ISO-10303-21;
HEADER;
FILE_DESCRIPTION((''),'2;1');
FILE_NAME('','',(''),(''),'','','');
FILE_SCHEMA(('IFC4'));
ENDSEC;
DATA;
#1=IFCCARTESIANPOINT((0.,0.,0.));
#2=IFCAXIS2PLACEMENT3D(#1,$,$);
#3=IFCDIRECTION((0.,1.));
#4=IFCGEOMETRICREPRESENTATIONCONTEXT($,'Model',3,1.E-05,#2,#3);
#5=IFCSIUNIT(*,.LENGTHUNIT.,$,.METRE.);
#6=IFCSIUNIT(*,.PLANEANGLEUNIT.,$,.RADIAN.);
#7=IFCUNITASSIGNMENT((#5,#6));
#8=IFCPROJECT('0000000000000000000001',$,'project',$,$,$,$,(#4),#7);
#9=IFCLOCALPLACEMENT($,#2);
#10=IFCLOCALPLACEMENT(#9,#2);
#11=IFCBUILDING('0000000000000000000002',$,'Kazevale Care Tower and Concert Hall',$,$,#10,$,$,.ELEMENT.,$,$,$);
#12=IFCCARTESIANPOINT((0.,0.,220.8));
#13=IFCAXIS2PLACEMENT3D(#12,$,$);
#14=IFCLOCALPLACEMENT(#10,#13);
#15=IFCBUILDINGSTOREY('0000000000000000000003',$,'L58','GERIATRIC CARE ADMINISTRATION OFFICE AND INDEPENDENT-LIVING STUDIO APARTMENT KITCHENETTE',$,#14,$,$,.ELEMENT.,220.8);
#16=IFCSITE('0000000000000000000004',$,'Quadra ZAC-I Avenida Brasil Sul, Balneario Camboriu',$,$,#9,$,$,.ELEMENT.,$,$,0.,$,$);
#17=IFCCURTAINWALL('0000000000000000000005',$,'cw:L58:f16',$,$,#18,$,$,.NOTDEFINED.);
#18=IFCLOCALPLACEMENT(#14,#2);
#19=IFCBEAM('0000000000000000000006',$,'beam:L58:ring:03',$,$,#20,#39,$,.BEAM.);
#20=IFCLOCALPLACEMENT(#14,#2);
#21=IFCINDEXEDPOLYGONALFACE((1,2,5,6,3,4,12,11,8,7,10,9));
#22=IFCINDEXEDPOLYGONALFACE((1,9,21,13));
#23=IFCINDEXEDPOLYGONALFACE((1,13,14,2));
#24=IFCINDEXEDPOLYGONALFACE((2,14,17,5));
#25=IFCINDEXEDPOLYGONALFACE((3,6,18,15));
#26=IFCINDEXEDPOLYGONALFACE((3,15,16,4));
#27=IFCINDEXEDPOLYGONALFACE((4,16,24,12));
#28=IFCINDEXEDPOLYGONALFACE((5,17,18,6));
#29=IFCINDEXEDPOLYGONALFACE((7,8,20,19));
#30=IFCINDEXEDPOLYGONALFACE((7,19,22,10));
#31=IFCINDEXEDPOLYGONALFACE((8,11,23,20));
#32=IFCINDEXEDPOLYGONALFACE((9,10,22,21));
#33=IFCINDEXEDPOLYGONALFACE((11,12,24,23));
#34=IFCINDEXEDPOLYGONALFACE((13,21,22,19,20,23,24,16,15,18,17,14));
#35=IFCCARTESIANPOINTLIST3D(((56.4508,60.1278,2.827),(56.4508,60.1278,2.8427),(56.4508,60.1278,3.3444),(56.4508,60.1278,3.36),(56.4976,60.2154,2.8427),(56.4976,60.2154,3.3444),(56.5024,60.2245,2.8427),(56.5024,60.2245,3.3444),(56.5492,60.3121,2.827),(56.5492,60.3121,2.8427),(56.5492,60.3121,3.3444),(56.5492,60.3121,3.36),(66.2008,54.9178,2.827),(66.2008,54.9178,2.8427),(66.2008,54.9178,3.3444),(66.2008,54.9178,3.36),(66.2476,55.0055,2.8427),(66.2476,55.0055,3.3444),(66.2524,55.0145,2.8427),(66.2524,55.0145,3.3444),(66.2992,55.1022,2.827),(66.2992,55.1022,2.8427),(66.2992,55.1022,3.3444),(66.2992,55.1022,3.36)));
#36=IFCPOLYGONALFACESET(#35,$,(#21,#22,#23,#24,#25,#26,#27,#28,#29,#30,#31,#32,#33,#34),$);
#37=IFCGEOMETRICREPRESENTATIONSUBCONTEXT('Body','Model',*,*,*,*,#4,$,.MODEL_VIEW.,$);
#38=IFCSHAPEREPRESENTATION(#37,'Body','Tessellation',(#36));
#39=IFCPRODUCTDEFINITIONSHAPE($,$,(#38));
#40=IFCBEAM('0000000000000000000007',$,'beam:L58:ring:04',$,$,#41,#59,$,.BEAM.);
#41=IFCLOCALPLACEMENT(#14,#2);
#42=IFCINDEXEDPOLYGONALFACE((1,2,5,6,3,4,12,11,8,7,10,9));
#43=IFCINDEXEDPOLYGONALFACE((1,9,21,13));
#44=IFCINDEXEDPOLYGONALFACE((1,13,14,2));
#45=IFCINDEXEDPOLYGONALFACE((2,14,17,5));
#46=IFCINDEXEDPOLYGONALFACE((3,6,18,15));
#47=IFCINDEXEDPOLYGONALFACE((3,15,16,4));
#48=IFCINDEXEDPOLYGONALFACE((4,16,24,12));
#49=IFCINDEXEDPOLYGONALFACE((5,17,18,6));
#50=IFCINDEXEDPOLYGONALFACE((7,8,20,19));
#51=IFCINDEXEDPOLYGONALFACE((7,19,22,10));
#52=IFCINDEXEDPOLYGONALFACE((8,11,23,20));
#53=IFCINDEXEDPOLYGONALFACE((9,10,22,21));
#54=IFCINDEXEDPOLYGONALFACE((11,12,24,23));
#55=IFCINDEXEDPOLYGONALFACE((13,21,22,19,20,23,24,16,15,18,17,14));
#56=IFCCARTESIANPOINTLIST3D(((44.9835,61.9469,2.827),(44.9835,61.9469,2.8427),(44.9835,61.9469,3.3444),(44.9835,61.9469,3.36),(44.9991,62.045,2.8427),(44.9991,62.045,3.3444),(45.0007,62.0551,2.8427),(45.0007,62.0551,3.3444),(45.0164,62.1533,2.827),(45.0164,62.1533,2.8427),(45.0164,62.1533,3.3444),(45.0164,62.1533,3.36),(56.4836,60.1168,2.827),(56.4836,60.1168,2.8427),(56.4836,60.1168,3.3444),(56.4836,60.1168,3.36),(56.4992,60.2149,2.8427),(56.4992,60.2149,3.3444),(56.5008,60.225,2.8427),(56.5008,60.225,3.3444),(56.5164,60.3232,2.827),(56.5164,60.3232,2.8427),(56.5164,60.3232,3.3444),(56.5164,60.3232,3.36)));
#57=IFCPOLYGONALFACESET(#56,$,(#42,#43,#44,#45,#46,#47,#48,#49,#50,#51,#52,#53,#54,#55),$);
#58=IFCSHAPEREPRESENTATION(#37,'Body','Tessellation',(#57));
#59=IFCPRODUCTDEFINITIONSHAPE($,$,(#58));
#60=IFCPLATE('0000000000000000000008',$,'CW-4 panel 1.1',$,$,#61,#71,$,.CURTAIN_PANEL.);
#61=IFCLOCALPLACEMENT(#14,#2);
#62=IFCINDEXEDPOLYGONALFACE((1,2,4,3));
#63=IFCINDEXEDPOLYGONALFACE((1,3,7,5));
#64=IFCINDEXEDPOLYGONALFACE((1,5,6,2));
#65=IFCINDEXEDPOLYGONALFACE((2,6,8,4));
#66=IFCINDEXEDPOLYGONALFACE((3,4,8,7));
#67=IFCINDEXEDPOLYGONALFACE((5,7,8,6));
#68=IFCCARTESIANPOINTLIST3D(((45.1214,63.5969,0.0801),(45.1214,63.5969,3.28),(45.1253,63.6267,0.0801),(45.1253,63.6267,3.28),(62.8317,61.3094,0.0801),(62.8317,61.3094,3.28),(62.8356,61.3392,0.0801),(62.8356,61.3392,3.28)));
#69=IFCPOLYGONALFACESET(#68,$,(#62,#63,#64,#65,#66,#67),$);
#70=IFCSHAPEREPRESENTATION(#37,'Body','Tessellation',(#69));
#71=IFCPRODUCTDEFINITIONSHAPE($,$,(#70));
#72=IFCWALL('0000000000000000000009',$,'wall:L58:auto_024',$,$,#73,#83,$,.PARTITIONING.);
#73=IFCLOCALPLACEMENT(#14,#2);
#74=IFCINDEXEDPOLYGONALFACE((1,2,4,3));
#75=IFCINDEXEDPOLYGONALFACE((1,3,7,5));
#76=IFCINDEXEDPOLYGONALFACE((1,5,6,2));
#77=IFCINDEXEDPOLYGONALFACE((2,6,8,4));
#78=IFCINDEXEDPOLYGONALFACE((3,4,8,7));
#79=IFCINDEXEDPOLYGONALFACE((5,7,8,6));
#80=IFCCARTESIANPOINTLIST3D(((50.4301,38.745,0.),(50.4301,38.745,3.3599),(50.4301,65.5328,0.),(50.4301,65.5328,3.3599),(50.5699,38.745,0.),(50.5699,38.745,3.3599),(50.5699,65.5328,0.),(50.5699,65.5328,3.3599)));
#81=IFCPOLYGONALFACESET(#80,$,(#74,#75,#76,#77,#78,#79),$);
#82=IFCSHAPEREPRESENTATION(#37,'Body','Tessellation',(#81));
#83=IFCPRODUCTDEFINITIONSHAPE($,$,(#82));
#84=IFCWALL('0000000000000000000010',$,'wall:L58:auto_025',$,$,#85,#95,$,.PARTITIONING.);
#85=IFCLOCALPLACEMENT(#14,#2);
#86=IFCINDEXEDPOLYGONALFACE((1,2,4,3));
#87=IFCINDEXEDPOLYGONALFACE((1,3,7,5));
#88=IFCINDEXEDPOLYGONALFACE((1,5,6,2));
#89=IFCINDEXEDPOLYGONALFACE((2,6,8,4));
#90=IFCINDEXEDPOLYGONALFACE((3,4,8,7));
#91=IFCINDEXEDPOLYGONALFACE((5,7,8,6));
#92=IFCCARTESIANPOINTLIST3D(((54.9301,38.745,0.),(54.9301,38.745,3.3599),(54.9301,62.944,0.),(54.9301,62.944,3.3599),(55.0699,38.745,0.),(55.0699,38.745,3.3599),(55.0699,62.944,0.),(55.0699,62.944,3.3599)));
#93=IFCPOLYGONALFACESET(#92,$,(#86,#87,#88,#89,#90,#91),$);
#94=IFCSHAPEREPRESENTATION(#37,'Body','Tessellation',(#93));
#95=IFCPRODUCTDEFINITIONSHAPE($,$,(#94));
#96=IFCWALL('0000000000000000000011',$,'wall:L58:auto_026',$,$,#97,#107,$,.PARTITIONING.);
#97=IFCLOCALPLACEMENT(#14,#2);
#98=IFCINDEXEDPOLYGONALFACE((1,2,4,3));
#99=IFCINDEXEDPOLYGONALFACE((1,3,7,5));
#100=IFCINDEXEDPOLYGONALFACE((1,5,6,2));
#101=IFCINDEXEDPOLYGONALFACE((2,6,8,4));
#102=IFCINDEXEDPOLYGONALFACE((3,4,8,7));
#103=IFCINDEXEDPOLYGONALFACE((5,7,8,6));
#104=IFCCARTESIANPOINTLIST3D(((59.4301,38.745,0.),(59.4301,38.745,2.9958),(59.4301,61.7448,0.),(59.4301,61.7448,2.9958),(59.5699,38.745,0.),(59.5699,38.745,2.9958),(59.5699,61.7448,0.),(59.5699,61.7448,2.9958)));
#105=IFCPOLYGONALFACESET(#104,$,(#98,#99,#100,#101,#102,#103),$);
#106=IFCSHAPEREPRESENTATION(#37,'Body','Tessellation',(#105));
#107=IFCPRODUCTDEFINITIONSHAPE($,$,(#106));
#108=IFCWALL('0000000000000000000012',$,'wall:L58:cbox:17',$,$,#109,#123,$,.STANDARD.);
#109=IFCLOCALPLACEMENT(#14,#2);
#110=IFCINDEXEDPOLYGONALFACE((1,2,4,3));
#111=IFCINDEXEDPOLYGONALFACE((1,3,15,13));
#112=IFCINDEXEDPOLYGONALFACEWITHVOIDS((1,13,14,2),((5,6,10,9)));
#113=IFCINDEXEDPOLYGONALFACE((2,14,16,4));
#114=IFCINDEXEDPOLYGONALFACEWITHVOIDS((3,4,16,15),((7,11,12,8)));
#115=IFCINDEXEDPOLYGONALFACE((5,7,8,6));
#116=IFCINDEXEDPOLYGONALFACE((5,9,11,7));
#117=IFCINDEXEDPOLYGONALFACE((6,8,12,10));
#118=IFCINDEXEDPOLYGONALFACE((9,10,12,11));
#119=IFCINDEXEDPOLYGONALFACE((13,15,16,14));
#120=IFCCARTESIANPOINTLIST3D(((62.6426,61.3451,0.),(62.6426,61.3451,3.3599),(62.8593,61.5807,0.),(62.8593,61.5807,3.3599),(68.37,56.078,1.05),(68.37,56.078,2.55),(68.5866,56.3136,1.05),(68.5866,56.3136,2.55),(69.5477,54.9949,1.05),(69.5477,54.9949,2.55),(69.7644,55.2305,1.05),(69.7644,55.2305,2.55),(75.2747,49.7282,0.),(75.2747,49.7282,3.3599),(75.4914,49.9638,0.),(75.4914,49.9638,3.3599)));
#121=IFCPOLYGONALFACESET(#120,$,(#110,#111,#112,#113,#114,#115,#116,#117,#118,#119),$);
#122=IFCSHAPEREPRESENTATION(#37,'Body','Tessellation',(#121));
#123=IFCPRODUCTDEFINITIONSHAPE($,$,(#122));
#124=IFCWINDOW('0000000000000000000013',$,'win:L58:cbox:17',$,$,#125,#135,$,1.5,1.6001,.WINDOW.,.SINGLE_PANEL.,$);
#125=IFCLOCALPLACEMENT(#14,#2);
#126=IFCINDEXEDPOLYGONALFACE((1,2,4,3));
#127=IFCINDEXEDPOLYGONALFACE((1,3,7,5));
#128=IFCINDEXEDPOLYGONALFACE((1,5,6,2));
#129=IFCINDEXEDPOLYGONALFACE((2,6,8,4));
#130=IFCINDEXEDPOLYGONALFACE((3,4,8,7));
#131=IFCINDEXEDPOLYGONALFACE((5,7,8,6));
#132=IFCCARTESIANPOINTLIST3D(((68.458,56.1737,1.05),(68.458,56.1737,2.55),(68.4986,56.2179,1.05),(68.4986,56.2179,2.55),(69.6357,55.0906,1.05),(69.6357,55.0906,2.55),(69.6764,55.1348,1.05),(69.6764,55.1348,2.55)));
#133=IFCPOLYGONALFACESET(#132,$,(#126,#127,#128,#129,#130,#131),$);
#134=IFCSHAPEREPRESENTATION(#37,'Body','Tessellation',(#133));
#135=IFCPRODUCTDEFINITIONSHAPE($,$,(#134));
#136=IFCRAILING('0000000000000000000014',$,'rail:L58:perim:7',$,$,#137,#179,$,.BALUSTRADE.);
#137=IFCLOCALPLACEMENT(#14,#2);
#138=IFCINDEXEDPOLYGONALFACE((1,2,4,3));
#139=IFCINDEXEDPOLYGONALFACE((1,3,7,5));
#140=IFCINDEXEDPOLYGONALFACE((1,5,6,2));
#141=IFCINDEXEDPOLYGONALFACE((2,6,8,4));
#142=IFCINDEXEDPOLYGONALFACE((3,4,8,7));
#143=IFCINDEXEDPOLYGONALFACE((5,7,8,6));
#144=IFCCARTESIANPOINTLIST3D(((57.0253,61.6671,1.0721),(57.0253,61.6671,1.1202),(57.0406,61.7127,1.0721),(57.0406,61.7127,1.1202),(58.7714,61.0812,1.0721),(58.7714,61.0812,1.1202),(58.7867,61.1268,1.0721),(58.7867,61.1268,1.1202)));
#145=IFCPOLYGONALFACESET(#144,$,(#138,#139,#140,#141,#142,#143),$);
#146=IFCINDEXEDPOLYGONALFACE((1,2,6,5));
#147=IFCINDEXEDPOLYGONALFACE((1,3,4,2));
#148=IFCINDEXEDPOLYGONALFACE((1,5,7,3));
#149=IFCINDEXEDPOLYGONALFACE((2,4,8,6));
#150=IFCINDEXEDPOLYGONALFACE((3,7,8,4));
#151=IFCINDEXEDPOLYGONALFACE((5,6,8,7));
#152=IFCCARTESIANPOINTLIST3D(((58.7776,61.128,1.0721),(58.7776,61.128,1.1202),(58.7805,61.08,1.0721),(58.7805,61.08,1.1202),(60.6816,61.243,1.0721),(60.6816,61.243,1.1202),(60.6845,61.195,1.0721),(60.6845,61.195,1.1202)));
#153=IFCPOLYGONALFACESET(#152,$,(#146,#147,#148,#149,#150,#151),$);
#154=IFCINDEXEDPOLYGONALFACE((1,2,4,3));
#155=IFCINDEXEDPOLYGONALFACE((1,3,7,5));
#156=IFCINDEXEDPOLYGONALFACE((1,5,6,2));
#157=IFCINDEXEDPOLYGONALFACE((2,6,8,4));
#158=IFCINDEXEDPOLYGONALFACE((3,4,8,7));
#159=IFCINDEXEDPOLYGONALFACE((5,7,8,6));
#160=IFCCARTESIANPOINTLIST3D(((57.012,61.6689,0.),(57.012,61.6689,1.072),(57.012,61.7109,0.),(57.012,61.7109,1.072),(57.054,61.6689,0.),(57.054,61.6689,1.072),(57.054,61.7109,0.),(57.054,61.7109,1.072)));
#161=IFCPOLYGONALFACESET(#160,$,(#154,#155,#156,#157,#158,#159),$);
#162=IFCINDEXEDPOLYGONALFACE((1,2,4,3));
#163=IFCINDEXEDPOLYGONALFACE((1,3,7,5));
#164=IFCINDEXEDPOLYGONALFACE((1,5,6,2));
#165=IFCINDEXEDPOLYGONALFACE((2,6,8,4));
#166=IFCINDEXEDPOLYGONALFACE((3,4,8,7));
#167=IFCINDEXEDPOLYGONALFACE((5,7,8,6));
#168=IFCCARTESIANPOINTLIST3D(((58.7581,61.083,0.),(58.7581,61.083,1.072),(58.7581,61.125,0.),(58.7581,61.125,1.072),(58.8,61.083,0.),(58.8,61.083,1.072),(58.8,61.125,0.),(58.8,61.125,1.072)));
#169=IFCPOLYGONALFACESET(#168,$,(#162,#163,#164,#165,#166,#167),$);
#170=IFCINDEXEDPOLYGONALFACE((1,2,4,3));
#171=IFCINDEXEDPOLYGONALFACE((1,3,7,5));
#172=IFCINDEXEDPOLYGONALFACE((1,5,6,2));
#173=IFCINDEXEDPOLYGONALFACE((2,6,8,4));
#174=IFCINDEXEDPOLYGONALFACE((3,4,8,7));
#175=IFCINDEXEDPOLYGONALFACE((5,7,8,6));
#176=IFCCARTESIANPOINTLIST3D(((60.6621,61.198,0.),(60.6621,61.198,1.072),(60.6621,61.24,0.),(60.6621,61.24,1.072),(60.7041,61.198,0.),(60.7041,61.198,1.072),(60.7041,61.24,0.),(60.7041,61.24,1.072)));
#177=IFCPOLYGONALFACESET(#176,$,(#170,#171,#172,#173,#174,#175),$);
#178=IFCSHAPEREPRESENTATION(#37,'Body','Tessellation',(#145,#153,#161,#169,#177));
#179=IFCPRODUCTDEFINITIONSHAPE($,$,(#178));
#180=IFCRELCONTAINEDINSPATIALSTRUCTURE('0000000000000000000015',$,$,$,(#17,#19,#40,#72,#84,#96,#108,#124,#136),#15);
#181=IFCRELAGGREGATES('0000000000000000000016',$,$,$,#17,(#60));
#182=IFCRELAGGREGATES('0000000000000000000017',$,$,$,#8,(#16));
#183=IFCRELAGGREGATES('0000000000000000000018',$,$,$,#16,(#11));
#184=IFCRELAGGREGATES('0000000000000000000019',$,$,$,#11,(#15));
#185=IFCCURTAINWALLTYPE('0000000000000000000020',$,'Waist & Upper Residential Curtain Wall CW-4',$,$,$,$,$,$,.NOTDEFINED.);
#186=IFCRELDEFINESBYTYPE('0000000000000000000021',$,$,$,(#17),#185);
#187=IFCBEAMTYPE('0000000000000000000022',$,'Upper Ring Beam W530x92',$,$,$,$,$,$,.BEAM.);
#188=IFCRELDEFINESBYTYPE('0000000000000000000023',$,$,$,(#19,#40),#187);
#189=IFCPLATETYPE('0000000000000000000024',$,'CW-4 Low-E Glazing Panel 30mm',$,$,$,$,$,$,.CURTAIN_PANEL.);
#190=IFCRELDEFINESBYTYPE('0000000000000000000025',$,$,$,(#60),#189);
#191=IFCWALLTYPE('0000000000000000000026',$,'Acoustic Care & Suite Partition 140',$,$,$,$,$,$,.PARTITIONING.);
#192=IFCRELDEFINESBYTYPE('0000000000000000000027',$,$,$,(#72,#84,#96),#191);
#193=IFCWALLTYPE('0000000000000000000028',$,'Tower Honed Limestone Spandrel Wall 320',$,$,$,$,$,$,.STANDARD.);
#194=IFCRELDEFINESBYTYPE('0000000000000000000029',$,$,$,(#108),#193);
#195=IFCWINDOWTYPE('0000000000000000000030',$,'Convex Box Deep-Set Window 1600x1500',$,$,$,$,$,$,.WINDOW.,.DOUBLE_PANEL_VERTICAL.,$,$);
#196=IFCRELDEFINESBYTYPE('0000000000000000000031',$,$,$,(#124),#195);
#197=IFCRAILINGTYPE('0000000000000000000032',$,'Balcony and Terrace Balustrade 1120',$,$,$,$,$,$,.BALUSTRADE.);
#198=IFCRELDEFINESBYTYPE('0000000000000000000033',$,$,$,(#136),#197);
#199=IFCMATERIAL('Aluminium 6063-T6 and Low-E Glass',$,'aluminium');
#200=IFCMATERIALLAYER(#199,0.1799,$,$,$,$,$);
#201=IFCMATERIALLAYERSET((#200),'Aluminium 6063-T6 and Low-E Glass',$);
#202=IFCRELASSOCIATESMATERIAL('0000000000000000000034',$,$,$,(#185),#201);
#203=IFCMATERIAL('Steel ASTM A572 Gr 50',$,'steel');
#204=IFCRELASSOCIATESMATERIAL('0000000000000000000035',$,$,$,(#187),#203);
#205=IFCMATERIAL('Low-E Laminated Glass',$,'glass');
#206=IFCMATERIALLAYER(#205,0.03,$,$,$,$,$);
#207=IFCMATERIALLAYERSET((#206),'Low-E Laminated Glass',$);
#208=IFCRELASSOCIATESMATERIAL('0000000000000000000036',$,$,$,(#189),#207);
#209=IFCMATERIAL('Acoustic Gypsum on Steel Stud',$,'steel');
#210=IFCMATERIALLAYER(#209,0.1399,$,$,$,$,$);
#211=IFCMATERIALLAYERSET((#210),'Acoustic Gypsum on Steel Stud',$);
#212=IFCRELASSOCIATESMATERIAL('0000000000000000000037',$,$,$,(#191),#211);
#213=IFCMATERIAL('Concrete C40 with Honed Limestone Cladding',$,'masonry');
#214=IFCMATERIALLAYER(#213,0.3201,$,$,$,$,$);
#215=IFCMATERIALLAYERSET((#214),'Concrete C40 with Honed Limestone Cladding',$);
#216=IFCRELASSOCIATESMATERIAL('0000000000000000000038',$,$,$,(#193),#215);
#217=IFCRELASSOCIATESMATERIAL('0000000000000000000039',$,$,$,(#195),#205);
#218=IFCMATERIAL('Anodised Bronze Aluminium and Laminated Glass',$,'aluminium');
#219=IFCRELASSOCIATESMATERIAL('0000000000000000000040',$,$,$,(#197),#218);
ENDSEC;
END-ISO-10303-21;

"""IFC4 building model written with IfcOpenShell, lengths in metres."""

from ifc_helpers import new_model, si_unit, direction, frame, frame_2d, origin, origin_2d, place, context, subcontext, project, spatial, rectangle, i_section, extrude, material, layer, layer_set, material_profile, profile_set, type_object, element, fill, aggregate, save


model = new_model("IFC4")

# Units and contexts
model_context = context("Model", 3, precision=1e-05, world=origin(), true_north=direction((0.0, 1.0)))
body_context = subcontext(model_context, "Body", "Model", "MODEL_VIEW")
ifc_project = project(units=[si_unit("LENGTHUNIT", "METRE"), si_unit("PLANEANGLEUNIT", "RADIAN")], contexts=[model_context])

# Site, building, storey
site_placement = place(None, origin())
site = spatial("IfcSite", under=ifc_project, at=site_placement, Name="Quadra ZAC-I Avenida Brasil Sul, Balneario Camboriu", CompositionType="ELEMENT", RefElevation=0.0)
building_placement = place(site_placement, origin())
building = spatial("IfcBuilding", under=site, at=building_placement, Name="Kazevale Care Tower and Concert Hall", CompositionType="ELEMENT")
storey_placement = place(building_placement, frame((0.0, 0.0, 220.8)))
storey = spatial("IfcBuildingStorey", under=building, at=storey_placement, Name="L58", Description="GERIATRIC CARE ADMINISTRATION OFFICE AND INDEPENDENT-LIVING STUDIO APARTMENT KITCHENETTE", CompositionType="ELEMENT", Elevation=220.8)

# Curtain wall
ifc_material_1 = material(Name="Aluminium 6063-T6 and Low-E Glass", Category="aluminium")
ifc_layer_1 = layer(ifc_material_1, 0.1799)
ifc_layer_set_1 = layer_set([ifc_layer_1], Name="Aluminium 6063-T6 and Low-E Glass")
curtain_wall_type = type_object("IfcCurtainWallType", Name="Waist & Upper Residential Curtain Wall CW-4", PredefinedType="NOTDEFINED", material=ifc_layer_set_1)
curtain_wall_1_placement = place(storey_placement, origin())
curtain_wall_1 = element("IfcCurtainWall", 1, at=curtain_wall_1_placement, inside=storey, type_object=curtain_wall_type, Name="cw:L58:f16", PredefinedType="NOTDEFINED")

# Beams
ifc_material_2 = material(Name="Steel ASTM A572 Gr 50", Category="steel")
ifc_material_profile_1 = material_profile(ifc_material_2, i_section(OverallWidth=0.209, OverallDepth=0.533, WebThickness=0.0103, FlangeThickness=0.0156, at=origin_2d()), Name="W530x92")
ifc_profile_set_1 = profile_set([ifc_material_profile_1], Name="Steel ASTM A572 Gr 50")
beam_type_1 = type_object("IfcBeamType", Name="Upper Ring Beam W530x92", PredefinedType="BEAM", material=ifc_profile_set_1)
beam_1_placement = place(storey_placement, frame((66.25, 55.01, 3.0935), z_axis=(-0.881979, 0.47129, 0.0), x_axis=(-0.47129, -0.881979, 0.0)))
element("IfcBeam", 2, at=beam_1_placement, inside=storey, type_object=beam_type_1, Name="beam:L58:ring:03", PredefinedType="BEAM", context=body_context, shape_type="SweptSolid", body=[
    extrude(i_section(OverallWidth=0.209, OverallDepth=0.533, WebThickness=0.0103, FlangeThickness=0.0156, at=origin_2d()), origin(), (0.0, 0.0, 1.0), 11.0547),
])
beam_2_placement = place(storey_placement, frame((56.5, 60.22, 3.0935), z_axis=(-0.987573, 0.15716, 0.0), x_axis=(-0.15716, -0.987573, 0.0)))
element("IfcBeam", 3, at=beam_2_placement, inside=storey, type_object=beam_type_1, Name="beam:L58:ring:04", PredefinedType="BEAM", context=body_context, shape_type="SweptSolid", body=[
    extrude(i_section(OverallWidth=0.209, OverallDepth=0.533, WebThickness=0.0103, FlangeThickness=0.0156, at=origin_2d()), origin(), (0.0, 0.0, 1.0), 11.6448),
])

# Plate
ifc_material_3 = material(Name="Low-E Laminated Glass", Category="glass")
ifc_layer_2 = layer(ifc_material_3, 0.03)
ifc_layer_set_2 = layer_set([ifc_layer_2], Name="Low-E Laminated Glass")
plate_type = type_object("IfcPlateType", Name="CW-4 Low-E Glazing Panel 30mm", PredefinedType="CURTAIN_PANEL", material=ifc_layer_set_2)
plate_placement = place(storey_placement, frame((53.9785, 62.468, 0.0801), z_axis=(0.0, 0.0, 1.0), x_axis=(0.991761, -0.128098, 0.0)))
plate = element("IfcPlate", 4, at=plate_placement, type_object=plate_type, Name="CW-4 panel 1.1", PredefinedType="CURTAIN_PANEL", context=body_context, shape_type="SweptSolid", body=[
    extrude(rectangle(XDim=17.8574, YDim=0.03, at=origin_2d()), origin(), (0.0, 0.0, 1.0), 3.2),
])
aggregate(curtain_wall_1, [plate])

# Walls
ifc_material_4 = material(Name="Acoustic Gypsum on Steel Stud", Category="steel")
ifc_layer_3 = layer(ifc_material_4, 0.1399)
ifc_layer_set_3 = layer_set([ifc_layer_3], Name="Acoustic Gypsum on Steel Stud")
wall_type_1 = type_object("IfcWallType", Name="Acoustic Care & Suite Partition 140", PredefinedType="PARTITIONING", material=ifc_layer_set_3)
wall_1_placement = place(storey_placement, frame((50.5, 65.533, 0.0), z_axis=(0.0, 0.0, 1.0), x_axis=(0.0, -1.0, 0.0)))
element("IfcWall", 5, at=wall_1_placement, inside=storey, type_object=wall_type_1, Name="wall:L58:auto_024", PredefinedType="PARTITIONING", context=body_context, shape_type="SweptSolid", body=[
    extrude(rectangle(XDim=26.7878, YDim=0.1399, at=frame_2d((13.394, 0.0))), origin(), (0.0, 0.0, 1.0), 3.3599),
])
wall_2_placement = place(storey_placement, frame((55.0, 62.9441, 0.0), z_axis=(0.0, 0.0, 1.0), x_axis=(0.0, -1.0, 0.0)))
element("IfcWall", 6, at=wall_2_placement, inside=storey, type_object=wall_type_1, Name="wall:L58:auto_025", PredefinedType="PARTITIONING", context=body_context, shape_type="SweptSolid", body=[
    extrude(rectangle(XDim=24.199, YDim=0.1399, at=frame_2d((12.0996, 0.0))), origin(), (0.0, 0.0, 1.0), 3.3599),
])
wall_3_placement = place(storey_placement, frame((59.5, 61.7449, 0.0), z_axis=(0.0, 0.0, 1.0), x_axis=(0.0, -1.0, 0.0)))
element("IfcWall", 7, at=wall_3_placement, inside=storey, type_object=wall_type_1, Name="wall:L58:auto_026", PredefinedType="PARTITIONING", context=body_context, shape_type="SweptSolid", body=[
    extrude(rectangle(XDim=22.9998, YDim=0.1399, at=frame_2d((11.5, 0.0))), origin(), (0.0, 0.0, 1.0), 2.9958),
])

# Wall, opening, window
ifc_material_5 = material(Name="Concrete C40 with Honed Limestone Cladding", Category="masonry")
ifc_layer_4 = layer(ifc_material_5, 0.3201)
ifc_layer_set_4 = layer_set([ifc_layer_4], Name="Concrete C40 with Honed Limestone Cladding")
wall_type_2 = type_object("IfcWallType", Name="Tower Honed Limestone Spandrel Wall 320", PredefinedType="STANDARD", material=ifc_layer_set_4)
wall_4_placement = place(storey_placement, frame((62.751, 61.4629, 0.0), z_axis=(0.0, 0.0, 1.0), x_axis=(0.736064, -0.676912, 0.0)))
wall_4 = element("IfcWall", 8, at=wall_4_placement, inside=storey, type_object=wall_type_2, Name="wall:L58:cbox:17", PredefinedType="STANDARD", context=body_context, shape_type="SweptSolid", body=[
    extrude(rectangle(XDim=17.1616, YDim=0.3201, at=frame_2d((8.5808, 0.0))), origin(), (0.0, 0.0, 1.0), 3.3599),
])
opening_placement = place(wall_4_placement, frame((7.781, 0.0, 1.05)))
opening = element("IfcOpeningElement", 9, at=opening_placement, cuts=wall_4, PredefinedType="OPENING", context=body_context, shape_type="SweptSolid", body=[
    extrude(rectangle(XDim=1.6001, YDim=1.5, at=frame_2d((0.8, 0.75))), frame((0.0, 0.1699, 0.0), z_axis=(0.0, -1.0, 0.0), x_axis=(1.0, 0.0, 0.0)), (0.0, 0.0, 1.0), 0.3401),
])
window_type = type_object("IfcWindowType", Name="Convex Box Deep-Set Window 1600x1500", PartitioningType="DOUBLE_PANEL_VERTICAL", PredefinedType="WINDOW", material=ifc_material_3)
window_placement = place(opening_placement, origin())
window = element("IfcWindow", 10, at=window_placement, inside=storey, type_object=window_type, Name="win:L58:cbox:17", OverallHeight=1.5, OverallWidth=1.6001, PartitioningType="SINGLE_PANEL", PredefinedType="WINDOW", context=body_context, shape_type="SweptSolid", body=[
    extrude(rectangle(XDim=1.6001, YDim=1.5, at=frame_2d((0.8, 0.75))), frame((0.0, 0.03, 0.0), z_axis=(0.0, -1.0, 0.0), x_axis=(1.0, 0.0, 0.0)), (0.0, 0.0, 1.0), 0.0601),
])
fill(opening, window)

# Railing
ifc_material_6 = material(Name="Anodised Bronze Aluminium and Laminated Glass", Category="aluminium")
railing_type = type_object("IfcRailingType", Name="Balcony and Terrace Balustrade 1120", PredefinedType="BALUSTRADE", material=ifc_material_6)
railing_1_placement = place(storey_placement, frame((57.033, 61.6899, 0.0)))
element("IfcRailing", 11, at=railing_1_placement, inside=storey, type_object=railing_type, Name="rail:L58:perim:7", PredefinedType="BALUSTRADE", context=body_context, shape_type="SweptSolid", body=[
    extrude(rectangle(XDim=0.0481, YDim=0.0481, at=origin_2d()), frame((0.0, 0.0, 1.0962), z_axis=(0.948045, -0.318136, 0.0), x_axis=(0.318136, 0.948045, 0.0)), (0.0, 0.0, 1.0), 1.8418),
    extrude(rectangle(XDim=0.0481, YDim=0.0481, at=origin_2d()), frame((1.7461, -0.5859, 1.0962), z_axis=(0.998181, 0.060283, 0.0), x_axis=(-0.060283, 0.998181, 0.0)), (0.0, 0.0, 1.0), 1.9075),
    extrude(rectangle(XDim=0.042, YDim=0.042, at=origin_2d()), origin(), (0.0, 0.0, 1.0), 1.072),
    extrude(rectangle(XDim=0.042, YDim=0.042, at=origin_2d()), frame((1.7461, -0.5859, 0.0)), (0.0, 0.0, 1.0), 1.072),
    extrude(rectangle(XDim=0.042, YDim=0.042, at=origin_2d()), frame((3.6501, -0.4709, 0.0)), (0.0, 0.0, 1.0), 1.072),
])

save(model, "model.ifc")
